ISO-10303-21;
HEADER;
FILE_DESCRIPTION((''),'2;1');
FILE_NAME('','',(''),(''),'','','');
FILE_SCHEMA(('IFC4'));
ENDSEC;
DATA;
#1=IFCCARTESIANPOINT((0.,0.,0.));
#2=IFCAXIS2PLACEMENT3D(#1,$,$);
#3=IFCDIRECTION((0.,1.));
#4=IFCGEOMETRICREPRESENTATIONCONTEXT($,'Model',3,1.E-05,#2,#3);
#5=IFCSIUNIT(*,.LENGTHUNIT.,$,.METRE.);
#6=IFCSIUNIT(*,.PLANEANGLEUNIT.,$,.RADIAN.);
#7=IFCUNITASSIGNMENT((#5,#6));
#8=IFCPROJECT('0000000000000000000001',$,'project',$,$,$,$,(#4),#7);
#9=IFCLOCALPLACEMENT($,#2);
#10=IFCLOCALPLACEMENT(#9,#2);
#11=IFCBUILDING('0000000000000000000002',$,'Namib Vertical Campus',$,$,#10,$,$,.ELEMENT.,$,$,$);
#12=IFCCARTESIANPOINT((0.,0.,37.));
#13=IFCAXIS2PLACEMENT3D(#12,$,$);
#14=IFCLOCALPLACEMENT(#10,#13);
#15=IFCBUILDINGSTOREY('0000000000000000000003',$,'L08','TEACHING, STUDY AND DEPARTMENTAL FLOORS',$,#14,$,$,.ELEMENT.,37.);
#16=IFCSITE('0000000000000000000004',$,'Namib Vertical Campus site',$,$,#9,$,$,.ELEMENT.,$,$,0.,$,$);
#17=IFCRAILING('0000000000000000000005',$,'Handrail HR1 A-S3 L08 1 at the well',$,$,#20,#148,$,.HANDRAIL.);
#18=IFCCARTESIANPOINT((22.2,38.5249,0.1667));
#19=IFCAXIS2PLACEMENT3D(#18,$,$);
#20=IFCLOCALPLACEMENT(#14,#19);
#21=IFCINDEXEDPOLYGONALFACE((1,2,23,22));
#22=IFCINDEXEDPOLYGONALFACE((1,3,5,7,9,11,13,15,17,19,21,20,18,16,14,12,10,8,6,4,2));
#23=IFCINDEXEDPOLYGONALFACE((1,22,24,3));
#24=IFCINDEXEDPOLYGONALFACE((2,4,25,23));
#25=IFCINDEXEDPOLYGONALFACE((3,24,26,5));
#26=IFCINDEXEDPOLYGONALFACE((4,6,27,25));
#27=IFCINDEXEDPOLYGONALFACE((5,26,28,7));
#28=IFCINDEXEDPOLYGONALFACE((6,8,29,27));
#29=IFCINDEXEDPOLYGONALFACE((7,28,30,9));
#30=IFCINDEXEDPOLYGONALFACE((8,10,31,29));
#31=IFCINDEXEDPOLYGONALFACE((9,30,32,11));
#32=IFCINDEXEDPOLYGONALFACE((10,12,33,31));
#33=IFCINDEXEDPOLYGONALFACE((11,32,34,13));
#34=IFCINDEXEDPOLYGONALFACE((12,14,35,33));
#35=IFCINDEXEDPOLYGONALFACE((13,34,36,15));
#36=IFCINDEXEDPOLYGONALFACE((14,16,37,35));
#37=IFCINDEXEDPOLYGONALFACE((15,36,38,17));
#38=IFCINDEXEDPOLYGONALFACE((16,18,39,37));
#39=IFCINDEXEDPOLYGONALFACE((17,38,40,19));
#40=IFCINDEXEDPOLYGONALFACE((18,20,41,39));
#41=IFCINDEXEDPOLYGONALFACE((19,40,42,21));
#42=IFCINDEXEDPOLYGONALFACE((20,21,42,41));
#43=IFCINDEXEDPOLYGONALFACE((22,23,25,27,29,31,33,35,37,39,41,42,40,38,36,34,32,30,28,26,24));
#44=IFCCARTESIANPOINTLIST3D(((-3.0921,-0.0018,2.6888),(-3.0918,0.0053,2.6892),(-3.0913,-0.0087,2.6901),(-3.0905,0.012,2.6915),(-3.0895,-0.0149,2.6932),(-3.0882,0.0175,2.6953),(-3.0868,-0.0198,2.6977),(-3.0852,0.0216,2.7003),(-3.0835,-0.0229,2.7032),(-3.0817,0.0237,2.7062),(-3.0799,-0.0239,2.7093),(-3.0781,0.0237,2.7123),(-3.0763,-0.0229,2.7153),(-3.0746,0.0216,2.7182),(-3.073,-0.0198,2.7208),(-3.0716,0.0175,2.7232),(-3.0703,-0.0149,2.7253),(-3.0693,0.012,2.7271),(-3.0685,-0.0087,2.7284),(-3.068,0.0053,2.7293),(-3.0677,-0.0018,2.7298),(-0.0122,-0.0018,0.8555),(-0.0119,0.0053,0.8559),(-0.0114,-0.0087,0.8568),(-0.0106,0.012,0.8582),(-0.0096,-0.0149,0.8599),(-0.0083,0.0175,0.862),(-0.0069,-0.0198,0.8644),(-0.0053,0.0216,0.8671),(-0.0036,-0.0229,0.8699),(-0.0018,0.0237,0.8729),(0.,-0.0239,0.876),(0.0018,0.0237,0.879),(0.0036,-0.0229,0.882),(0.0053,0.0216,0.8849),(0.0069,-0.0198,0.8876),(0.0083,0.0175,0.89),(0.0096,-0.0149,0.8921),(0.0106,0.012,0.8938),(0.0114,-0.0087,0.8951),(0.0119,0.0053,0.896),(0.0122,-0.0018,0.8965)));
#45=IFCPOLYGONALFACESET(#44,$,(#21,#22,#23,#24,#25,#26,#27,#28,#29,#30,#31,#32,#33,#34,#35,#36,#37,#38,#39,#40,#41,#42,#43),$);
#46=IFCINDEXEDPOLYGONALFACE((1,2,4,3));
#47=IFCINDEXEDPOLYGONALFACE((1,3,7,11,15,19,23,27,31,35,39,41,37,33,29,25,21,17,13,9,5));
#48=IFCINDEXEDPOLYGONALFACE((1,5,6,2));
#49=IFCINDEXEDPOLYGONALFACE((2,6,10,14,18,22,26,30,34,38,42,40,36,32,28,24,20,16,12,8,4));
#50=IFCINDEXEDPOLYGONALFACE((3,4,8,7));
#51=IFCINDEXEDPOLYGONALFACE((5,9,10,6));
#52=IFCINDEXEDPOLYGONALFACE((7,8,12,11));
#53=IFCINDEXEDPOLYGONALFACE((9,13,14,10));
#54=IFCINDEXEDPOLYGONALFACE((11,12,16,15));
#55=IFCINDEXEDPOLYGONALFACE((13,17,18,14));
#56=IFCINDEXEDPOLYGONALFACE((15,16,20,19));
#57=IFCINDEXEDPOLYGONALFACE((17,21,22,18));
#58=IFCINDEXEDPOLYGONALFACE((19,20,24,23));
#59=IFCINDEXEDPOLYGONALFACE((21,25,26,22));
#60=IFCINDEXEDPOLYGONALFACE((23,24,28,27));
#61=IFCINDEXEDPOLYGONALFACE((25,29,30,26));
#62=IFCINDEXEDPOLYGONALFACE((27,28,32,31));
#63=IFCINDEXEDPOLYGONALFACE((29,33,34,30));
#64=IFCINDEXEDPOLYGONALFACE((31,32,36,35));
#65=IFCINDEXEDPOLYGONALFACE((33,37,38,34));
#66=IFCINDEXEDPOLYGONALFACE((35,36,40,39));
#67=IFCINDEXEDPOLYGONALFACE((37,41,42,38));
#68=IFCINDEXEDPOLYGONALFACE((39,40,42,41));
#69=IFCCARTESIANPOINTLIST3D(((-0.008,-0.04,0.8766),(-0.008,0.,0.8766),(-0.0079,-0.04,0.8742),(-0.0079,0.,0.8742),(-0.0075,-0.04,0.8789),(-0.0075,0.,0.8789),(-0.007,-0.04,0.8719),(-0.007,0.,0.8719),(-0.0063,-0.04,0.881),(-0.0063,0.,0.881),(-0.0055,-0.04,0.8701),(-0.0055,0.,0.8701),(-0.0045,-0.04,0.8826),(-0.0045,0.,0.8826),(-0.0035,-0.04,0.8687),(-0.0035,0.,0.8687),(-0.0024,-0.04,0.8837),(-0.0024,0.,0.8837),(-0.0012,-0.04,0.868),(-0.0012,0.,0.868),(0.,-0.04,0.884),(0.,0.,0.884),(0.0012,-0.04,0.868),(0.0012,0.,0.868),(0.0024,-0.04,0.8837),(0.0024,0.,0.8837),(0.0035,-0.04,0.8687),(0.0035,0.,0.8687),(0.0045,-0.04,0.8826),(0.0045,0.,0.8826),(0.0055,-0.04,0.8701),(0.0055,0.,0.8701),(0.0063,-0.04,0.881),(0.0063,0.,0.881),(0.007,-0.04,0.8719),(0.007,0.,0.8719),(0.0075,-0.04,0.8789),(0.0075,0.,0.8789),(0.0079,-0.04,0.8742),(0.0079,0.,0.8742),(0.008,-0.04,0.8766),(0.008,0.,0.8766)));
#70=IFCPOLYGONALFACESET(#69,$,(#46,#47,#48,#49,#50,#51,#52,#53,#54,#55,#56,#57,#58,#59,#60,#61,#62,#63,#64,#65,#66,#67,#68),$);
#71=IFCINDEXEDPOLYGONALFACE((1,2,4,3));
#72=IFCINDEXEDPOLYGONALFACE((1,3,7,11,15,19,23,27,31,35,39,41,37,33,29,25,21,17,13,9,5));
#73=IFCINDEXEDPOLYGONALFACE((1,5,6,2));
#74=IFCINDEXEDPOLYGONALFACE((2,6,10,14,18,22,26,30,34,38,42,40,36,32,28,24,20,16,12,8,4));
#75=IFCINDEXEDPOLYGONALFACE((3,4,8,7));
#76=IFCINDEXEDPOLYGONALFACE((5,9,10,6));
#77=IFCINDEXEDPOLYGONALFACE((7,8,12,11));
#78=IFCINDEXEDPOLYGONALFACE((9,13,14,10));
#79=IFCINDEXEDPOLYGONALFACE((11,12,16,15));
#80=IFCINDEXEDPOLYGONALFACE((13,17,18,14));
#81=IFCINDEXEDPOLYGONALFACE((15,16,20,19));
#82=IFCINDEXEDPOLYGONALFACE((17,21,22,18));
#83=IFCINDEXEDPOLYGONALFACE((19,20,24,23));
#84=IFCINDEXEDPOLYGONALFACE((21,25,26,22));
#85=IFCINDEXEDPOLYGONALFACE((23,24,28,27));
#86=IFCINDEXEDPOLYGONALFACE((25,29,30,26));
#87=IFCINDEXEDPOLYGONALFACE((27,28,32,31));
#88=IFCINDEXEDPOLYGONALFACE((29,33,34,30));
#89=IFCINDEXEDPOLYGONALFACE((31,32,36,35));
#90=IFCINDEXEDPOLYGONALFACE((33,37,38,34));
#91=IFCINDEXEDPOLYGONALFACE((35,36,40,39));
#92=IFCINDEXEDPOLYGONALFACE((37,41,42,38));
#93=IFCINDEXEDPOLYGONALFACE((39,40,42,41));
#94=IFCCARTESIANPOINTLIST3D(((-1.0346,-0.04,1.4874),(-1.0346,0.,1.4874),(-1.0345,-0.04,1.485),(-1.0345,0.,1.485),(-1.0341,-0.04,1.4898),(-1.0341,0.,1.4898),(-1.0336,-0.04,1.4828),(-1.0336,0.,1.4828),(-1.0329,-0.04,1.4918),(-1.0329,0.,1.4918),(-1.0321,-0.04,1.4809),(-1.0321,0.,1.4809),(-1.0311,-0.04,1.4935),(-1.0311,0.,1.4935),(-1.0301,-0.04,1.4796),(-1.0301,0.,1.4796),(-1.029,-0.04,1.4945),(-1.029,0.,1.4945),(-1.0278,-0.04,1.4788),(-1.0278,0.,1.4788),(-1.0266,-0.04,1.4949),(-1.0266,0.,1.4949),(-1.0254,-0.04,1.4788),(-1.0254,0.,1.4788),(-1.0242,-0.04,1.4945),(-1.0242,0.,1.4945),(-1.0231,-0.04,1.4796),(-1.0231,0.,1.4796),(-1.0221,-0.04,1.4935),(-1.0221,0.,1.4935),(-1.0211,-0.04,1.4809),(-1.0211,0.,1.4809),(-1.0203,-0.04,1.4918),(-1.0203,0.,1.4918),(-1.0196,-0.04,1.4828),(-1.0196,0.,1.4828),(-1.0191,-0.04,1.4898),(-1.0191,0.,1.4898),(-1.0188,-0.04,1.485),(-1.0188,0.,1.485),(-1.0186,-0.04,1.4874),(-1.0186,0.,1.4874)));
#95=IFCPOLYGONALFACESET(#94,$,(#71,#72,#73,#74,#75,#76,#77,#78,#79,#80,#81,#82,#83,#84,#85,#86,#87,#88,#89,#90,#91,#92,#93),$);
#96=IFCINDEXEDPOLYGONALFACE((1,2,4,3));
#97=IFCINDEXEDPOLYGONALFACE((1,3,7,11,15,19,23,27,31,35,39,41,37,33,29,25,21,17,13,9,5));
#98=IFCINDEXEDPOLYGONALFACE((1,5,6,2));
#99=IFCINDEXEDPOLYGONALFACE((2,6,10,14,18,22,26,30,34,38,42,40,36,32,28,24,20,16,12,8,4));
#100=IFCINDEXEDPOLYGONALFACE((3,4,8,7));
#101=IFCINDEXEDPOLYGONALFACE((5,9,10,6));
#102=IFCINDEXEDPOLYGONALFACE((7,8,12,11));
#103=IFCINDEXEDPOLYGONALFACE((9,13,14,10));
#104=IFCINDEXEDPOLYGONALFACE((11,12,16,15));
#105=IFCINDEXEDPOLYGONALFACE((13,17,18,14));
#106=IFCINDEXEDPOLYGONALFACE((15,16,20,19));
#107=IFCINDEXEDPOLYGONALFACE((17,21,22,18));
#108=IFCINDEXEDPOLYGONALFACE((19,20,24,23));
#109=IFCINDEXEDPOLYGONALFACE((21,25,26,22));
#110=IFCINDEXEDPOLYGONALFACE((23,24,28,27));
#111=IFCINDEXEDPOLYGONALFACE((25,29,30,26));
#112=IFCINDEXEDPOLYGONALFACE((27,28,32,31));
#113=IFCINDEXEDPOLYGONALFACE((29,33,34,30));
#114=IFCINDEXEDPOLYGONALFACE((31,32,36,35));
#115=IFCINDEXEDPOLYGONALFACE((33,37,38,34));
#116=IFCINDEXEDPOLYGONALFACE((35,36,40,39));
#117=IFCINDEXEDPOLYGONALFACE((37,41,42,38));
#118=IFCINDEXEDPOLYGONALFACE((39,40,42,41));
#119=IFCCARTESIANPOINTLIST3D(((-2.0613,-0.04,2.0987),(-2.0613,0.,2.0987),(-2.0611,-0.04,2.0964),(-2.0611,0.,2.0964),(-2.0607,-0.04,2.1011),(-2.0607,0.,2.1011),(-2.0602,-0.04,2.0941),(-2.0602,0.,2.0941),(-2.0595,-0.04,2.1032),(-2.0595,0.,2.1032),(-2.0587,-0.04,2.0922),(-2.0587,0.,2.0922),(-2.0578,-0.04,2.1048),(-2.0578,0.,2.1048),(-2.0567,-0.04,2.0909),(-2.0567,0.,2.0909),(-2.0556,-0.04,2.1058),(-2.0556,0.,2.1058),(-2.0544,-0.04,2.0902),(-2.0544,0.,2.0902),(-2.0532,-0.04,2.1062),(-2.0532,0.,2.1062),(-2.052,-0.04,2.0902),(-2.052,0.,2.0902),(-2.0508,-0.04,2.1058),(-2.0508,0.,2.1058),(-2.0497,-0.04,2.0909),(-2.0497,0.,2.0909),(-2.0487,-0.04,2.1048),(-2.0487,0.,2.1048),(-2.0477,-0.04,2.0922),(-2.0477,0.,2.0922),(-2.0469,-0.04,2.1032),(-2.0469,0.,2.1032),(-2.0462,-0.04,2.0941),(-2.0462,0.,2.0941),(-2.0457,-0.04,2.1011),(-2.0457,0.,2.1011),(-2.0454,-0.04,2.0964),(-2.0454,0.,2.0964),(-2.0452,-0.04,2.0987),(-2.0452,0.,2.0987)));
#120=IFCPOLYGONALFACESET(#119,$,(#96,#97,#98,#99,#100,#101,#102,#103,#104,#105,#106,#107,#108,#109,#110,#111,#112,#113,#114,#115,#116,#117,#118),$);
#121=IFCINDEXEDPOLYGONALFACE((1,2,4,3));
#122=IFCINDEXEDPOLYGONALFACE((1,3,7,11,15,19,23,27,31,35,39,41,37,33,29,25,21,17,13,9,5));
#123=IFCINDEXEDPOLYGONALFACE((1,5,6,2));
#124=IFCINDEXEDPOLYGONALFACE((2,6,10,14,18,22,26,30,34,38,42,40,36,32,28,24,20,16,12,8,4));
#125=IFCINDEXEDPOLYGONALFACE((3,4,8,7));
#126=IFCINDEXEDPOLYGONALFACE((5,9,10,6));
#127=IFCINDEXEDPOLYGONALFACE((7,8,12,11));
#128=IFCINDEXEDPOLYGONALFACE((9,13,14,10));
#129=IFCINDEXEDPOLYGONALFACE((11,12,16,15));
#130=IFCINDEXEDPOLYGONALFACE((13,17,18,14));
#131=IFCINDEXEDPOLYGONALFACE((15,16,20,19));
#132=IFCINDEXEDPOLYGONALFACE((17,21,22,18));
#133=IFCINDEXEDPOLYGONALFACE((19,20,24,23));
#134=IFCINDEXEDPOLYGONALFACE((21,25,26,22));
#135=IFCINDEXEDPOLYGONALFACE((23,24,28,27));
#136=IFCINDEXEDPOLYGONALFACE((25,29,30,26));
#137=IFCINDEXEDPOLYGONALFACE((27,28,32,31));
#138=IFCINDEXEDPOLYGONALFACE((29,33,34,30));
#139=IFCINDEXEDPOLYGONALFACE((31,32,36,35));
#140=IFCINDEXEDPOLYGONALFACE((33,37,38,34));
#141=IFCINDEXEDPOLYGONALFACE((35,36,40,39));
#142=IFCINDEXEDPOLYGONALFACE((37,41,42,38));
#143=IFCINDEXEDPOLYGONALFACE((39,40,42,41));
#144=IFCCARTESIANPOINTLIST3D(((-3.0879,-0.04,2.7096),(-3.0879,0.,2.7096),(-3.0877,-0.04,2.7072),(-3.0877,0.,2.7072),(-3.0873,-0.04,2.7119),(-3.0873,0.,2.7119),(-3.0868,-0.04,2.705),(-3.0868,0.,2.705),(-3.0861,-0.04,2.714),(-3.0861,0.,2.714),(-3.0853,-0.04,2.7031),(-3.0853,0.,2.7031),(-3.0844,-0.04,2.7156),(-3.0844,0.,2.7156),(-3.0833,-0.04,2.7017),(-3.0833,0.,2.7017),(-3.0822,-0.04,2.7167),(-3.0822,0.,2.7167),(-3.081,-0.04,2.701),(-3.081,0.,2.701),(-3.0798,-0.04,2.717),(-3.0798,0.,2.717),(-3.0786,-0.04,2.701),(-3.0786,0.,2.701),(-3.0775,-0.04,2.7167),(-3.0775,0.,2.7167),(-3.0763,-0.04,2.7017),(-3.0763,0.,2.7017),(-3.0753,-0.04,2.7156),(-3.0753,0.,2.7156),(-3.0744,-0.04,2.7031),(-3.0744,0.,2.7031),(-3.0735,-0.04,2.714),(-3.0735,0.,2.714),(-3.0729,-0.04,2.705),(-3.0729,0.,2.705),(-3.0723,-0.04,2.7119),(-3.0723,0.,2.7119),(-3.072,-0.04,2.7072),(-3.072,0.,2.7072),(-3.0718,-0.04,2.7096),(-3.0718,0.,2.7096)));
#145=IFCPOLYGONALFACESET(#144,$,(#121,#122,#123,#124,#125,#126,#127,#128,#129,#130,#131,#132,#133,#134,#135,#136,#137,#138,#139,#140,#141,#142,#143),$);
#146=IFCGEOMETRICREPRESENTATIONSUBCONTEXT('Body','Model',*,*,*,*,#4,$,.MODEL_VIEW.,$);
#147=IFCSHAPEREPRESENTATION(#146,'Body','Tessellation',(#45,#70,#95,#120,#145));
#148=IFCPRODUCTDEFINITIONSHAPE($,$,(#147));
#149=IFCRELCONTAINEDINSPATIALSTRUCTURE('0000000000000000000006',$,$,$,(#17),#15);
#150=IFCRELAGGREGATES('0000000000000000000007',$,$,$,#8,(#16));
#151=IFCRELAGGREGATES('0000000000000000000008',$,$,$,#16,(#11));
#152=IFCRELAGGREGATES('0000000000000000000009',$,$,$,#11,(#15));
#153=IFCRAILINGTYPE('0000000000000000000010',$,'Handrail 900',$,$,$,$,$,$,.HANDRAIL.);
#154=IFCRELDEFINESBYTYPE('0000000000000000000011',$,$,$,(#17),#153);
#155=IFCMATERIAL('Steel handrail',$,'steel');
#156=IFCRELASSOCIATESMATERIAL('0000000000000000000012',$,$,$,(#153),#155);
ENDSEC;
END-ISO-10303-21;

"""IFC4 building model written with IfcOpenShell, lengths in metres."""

from ifc_helpers import new_model, si_unit, direction, frame, origin, origin_2d, place, context, subcontext, project, spatial, circle, extrude, material, type_object, element, save


model = new_model("IFC4")

# Units and contexts
model_context = context("Model", 3, precision=1e-05, world=origin(), true_north=direction((0.0, 1.0)))
body_context = subcontext(model_context, "Body", "Model", "MODEL_VIEW")
ifc_project = project(units=[si_unit("LENGTHUNIT", "METRE"), si_unit("PLANEANGLEUNIT", "RADIAN")], contexts=[model_context])

# Site, building, storey
site_placement = place(None, origin())
site = spatial("IfcSite", under=ifc_project, at=site_placement, Name="Namib Vertical Campus site", CompositionType="ELEMENT", RefElevation=0.0)
building_placement = place(site_placement, origin())
building = spatial("IfcBuilding", under=site, at=building_placement, Name="Namib Vertical Campus", CompositionType="ELEMENT")
storey_placement = place(building_placement, frame((0.0, 0.0, 37.0)))
storey = spatial("IfcBuildingStorey", under=building, at=storey_placement, Name="L08", Description="TEACHING, STUDY AND DEPARTMENTAL FLOORS", CompositionType="ELEMENT", Elevation=37.0)

# Railing
ifc_material_1 = material(Name="Steel handrail", Category="steel")
railing_type_1 = type_object("IfcRailingType", Name="Handrail 900", PredefinedType="HANDRAIL", material=ifc_material_1)
railing_1_placement = place(storey_placement, frame((22.2, 38.5249, 0.1667)))
element("IfcRailing", 1, at=railing_1_placement, inside=storey, type_object=railing_type_1, Name="Handrail HR1 A-S3 L08 1 at the well", PredefinedType="HANDRAIL", context=body_context, shape_type="SweptSolid", body=[
    extrude(circle(Radius=0.0239, at=origin_2d()), frame((0.0, 0.0, 0.876), z_axis=(-0.859291, 0.0, 0.511487), x_axis=(0.0, -1.0, 0.0)), (0.0, 0.0, 1.0), 3.5842),
    extrude(circle(Radius=0.0081, at=origin_2d()), frame((0.0, 0.0, 0.876), z_axis=(0.0, -1.0, 0.0), x_axis=(0.0, 0.0, 1.0)), (0.0, 0.0, 1.0), 0.04),
    extrude(circle(Radius=0.0081, at=origin_2d()), frame((-1.0266, 0.0, 1.4868), z_axis=(0.0, -1.0, 0.0), x_axis=(0.0, 0.0, 1.0)), (0.0, 0.0, 1.0), 0.04),
    extrude(circle(Radius=0.0081, at=origin_2d()), frame((-2.0532, 0.0, 2.0981), z_axis=(0.0, -1.0, 0.0), x_axis=(0.0, 0.0, 1.0)), (0.0, 0.0, 1.0), 0.04),
    extrude(circle(Radius=0.0081, at=origin_2d()), frame((-3.0798, 0.0, 2.709), z_axis=(0.0, -1.0, 0.0), x_axis=(0.0, 0.0, 1.0)), (0.0, 0.0, 1.0), 0.04),
])

save(model, "model.ifc")
